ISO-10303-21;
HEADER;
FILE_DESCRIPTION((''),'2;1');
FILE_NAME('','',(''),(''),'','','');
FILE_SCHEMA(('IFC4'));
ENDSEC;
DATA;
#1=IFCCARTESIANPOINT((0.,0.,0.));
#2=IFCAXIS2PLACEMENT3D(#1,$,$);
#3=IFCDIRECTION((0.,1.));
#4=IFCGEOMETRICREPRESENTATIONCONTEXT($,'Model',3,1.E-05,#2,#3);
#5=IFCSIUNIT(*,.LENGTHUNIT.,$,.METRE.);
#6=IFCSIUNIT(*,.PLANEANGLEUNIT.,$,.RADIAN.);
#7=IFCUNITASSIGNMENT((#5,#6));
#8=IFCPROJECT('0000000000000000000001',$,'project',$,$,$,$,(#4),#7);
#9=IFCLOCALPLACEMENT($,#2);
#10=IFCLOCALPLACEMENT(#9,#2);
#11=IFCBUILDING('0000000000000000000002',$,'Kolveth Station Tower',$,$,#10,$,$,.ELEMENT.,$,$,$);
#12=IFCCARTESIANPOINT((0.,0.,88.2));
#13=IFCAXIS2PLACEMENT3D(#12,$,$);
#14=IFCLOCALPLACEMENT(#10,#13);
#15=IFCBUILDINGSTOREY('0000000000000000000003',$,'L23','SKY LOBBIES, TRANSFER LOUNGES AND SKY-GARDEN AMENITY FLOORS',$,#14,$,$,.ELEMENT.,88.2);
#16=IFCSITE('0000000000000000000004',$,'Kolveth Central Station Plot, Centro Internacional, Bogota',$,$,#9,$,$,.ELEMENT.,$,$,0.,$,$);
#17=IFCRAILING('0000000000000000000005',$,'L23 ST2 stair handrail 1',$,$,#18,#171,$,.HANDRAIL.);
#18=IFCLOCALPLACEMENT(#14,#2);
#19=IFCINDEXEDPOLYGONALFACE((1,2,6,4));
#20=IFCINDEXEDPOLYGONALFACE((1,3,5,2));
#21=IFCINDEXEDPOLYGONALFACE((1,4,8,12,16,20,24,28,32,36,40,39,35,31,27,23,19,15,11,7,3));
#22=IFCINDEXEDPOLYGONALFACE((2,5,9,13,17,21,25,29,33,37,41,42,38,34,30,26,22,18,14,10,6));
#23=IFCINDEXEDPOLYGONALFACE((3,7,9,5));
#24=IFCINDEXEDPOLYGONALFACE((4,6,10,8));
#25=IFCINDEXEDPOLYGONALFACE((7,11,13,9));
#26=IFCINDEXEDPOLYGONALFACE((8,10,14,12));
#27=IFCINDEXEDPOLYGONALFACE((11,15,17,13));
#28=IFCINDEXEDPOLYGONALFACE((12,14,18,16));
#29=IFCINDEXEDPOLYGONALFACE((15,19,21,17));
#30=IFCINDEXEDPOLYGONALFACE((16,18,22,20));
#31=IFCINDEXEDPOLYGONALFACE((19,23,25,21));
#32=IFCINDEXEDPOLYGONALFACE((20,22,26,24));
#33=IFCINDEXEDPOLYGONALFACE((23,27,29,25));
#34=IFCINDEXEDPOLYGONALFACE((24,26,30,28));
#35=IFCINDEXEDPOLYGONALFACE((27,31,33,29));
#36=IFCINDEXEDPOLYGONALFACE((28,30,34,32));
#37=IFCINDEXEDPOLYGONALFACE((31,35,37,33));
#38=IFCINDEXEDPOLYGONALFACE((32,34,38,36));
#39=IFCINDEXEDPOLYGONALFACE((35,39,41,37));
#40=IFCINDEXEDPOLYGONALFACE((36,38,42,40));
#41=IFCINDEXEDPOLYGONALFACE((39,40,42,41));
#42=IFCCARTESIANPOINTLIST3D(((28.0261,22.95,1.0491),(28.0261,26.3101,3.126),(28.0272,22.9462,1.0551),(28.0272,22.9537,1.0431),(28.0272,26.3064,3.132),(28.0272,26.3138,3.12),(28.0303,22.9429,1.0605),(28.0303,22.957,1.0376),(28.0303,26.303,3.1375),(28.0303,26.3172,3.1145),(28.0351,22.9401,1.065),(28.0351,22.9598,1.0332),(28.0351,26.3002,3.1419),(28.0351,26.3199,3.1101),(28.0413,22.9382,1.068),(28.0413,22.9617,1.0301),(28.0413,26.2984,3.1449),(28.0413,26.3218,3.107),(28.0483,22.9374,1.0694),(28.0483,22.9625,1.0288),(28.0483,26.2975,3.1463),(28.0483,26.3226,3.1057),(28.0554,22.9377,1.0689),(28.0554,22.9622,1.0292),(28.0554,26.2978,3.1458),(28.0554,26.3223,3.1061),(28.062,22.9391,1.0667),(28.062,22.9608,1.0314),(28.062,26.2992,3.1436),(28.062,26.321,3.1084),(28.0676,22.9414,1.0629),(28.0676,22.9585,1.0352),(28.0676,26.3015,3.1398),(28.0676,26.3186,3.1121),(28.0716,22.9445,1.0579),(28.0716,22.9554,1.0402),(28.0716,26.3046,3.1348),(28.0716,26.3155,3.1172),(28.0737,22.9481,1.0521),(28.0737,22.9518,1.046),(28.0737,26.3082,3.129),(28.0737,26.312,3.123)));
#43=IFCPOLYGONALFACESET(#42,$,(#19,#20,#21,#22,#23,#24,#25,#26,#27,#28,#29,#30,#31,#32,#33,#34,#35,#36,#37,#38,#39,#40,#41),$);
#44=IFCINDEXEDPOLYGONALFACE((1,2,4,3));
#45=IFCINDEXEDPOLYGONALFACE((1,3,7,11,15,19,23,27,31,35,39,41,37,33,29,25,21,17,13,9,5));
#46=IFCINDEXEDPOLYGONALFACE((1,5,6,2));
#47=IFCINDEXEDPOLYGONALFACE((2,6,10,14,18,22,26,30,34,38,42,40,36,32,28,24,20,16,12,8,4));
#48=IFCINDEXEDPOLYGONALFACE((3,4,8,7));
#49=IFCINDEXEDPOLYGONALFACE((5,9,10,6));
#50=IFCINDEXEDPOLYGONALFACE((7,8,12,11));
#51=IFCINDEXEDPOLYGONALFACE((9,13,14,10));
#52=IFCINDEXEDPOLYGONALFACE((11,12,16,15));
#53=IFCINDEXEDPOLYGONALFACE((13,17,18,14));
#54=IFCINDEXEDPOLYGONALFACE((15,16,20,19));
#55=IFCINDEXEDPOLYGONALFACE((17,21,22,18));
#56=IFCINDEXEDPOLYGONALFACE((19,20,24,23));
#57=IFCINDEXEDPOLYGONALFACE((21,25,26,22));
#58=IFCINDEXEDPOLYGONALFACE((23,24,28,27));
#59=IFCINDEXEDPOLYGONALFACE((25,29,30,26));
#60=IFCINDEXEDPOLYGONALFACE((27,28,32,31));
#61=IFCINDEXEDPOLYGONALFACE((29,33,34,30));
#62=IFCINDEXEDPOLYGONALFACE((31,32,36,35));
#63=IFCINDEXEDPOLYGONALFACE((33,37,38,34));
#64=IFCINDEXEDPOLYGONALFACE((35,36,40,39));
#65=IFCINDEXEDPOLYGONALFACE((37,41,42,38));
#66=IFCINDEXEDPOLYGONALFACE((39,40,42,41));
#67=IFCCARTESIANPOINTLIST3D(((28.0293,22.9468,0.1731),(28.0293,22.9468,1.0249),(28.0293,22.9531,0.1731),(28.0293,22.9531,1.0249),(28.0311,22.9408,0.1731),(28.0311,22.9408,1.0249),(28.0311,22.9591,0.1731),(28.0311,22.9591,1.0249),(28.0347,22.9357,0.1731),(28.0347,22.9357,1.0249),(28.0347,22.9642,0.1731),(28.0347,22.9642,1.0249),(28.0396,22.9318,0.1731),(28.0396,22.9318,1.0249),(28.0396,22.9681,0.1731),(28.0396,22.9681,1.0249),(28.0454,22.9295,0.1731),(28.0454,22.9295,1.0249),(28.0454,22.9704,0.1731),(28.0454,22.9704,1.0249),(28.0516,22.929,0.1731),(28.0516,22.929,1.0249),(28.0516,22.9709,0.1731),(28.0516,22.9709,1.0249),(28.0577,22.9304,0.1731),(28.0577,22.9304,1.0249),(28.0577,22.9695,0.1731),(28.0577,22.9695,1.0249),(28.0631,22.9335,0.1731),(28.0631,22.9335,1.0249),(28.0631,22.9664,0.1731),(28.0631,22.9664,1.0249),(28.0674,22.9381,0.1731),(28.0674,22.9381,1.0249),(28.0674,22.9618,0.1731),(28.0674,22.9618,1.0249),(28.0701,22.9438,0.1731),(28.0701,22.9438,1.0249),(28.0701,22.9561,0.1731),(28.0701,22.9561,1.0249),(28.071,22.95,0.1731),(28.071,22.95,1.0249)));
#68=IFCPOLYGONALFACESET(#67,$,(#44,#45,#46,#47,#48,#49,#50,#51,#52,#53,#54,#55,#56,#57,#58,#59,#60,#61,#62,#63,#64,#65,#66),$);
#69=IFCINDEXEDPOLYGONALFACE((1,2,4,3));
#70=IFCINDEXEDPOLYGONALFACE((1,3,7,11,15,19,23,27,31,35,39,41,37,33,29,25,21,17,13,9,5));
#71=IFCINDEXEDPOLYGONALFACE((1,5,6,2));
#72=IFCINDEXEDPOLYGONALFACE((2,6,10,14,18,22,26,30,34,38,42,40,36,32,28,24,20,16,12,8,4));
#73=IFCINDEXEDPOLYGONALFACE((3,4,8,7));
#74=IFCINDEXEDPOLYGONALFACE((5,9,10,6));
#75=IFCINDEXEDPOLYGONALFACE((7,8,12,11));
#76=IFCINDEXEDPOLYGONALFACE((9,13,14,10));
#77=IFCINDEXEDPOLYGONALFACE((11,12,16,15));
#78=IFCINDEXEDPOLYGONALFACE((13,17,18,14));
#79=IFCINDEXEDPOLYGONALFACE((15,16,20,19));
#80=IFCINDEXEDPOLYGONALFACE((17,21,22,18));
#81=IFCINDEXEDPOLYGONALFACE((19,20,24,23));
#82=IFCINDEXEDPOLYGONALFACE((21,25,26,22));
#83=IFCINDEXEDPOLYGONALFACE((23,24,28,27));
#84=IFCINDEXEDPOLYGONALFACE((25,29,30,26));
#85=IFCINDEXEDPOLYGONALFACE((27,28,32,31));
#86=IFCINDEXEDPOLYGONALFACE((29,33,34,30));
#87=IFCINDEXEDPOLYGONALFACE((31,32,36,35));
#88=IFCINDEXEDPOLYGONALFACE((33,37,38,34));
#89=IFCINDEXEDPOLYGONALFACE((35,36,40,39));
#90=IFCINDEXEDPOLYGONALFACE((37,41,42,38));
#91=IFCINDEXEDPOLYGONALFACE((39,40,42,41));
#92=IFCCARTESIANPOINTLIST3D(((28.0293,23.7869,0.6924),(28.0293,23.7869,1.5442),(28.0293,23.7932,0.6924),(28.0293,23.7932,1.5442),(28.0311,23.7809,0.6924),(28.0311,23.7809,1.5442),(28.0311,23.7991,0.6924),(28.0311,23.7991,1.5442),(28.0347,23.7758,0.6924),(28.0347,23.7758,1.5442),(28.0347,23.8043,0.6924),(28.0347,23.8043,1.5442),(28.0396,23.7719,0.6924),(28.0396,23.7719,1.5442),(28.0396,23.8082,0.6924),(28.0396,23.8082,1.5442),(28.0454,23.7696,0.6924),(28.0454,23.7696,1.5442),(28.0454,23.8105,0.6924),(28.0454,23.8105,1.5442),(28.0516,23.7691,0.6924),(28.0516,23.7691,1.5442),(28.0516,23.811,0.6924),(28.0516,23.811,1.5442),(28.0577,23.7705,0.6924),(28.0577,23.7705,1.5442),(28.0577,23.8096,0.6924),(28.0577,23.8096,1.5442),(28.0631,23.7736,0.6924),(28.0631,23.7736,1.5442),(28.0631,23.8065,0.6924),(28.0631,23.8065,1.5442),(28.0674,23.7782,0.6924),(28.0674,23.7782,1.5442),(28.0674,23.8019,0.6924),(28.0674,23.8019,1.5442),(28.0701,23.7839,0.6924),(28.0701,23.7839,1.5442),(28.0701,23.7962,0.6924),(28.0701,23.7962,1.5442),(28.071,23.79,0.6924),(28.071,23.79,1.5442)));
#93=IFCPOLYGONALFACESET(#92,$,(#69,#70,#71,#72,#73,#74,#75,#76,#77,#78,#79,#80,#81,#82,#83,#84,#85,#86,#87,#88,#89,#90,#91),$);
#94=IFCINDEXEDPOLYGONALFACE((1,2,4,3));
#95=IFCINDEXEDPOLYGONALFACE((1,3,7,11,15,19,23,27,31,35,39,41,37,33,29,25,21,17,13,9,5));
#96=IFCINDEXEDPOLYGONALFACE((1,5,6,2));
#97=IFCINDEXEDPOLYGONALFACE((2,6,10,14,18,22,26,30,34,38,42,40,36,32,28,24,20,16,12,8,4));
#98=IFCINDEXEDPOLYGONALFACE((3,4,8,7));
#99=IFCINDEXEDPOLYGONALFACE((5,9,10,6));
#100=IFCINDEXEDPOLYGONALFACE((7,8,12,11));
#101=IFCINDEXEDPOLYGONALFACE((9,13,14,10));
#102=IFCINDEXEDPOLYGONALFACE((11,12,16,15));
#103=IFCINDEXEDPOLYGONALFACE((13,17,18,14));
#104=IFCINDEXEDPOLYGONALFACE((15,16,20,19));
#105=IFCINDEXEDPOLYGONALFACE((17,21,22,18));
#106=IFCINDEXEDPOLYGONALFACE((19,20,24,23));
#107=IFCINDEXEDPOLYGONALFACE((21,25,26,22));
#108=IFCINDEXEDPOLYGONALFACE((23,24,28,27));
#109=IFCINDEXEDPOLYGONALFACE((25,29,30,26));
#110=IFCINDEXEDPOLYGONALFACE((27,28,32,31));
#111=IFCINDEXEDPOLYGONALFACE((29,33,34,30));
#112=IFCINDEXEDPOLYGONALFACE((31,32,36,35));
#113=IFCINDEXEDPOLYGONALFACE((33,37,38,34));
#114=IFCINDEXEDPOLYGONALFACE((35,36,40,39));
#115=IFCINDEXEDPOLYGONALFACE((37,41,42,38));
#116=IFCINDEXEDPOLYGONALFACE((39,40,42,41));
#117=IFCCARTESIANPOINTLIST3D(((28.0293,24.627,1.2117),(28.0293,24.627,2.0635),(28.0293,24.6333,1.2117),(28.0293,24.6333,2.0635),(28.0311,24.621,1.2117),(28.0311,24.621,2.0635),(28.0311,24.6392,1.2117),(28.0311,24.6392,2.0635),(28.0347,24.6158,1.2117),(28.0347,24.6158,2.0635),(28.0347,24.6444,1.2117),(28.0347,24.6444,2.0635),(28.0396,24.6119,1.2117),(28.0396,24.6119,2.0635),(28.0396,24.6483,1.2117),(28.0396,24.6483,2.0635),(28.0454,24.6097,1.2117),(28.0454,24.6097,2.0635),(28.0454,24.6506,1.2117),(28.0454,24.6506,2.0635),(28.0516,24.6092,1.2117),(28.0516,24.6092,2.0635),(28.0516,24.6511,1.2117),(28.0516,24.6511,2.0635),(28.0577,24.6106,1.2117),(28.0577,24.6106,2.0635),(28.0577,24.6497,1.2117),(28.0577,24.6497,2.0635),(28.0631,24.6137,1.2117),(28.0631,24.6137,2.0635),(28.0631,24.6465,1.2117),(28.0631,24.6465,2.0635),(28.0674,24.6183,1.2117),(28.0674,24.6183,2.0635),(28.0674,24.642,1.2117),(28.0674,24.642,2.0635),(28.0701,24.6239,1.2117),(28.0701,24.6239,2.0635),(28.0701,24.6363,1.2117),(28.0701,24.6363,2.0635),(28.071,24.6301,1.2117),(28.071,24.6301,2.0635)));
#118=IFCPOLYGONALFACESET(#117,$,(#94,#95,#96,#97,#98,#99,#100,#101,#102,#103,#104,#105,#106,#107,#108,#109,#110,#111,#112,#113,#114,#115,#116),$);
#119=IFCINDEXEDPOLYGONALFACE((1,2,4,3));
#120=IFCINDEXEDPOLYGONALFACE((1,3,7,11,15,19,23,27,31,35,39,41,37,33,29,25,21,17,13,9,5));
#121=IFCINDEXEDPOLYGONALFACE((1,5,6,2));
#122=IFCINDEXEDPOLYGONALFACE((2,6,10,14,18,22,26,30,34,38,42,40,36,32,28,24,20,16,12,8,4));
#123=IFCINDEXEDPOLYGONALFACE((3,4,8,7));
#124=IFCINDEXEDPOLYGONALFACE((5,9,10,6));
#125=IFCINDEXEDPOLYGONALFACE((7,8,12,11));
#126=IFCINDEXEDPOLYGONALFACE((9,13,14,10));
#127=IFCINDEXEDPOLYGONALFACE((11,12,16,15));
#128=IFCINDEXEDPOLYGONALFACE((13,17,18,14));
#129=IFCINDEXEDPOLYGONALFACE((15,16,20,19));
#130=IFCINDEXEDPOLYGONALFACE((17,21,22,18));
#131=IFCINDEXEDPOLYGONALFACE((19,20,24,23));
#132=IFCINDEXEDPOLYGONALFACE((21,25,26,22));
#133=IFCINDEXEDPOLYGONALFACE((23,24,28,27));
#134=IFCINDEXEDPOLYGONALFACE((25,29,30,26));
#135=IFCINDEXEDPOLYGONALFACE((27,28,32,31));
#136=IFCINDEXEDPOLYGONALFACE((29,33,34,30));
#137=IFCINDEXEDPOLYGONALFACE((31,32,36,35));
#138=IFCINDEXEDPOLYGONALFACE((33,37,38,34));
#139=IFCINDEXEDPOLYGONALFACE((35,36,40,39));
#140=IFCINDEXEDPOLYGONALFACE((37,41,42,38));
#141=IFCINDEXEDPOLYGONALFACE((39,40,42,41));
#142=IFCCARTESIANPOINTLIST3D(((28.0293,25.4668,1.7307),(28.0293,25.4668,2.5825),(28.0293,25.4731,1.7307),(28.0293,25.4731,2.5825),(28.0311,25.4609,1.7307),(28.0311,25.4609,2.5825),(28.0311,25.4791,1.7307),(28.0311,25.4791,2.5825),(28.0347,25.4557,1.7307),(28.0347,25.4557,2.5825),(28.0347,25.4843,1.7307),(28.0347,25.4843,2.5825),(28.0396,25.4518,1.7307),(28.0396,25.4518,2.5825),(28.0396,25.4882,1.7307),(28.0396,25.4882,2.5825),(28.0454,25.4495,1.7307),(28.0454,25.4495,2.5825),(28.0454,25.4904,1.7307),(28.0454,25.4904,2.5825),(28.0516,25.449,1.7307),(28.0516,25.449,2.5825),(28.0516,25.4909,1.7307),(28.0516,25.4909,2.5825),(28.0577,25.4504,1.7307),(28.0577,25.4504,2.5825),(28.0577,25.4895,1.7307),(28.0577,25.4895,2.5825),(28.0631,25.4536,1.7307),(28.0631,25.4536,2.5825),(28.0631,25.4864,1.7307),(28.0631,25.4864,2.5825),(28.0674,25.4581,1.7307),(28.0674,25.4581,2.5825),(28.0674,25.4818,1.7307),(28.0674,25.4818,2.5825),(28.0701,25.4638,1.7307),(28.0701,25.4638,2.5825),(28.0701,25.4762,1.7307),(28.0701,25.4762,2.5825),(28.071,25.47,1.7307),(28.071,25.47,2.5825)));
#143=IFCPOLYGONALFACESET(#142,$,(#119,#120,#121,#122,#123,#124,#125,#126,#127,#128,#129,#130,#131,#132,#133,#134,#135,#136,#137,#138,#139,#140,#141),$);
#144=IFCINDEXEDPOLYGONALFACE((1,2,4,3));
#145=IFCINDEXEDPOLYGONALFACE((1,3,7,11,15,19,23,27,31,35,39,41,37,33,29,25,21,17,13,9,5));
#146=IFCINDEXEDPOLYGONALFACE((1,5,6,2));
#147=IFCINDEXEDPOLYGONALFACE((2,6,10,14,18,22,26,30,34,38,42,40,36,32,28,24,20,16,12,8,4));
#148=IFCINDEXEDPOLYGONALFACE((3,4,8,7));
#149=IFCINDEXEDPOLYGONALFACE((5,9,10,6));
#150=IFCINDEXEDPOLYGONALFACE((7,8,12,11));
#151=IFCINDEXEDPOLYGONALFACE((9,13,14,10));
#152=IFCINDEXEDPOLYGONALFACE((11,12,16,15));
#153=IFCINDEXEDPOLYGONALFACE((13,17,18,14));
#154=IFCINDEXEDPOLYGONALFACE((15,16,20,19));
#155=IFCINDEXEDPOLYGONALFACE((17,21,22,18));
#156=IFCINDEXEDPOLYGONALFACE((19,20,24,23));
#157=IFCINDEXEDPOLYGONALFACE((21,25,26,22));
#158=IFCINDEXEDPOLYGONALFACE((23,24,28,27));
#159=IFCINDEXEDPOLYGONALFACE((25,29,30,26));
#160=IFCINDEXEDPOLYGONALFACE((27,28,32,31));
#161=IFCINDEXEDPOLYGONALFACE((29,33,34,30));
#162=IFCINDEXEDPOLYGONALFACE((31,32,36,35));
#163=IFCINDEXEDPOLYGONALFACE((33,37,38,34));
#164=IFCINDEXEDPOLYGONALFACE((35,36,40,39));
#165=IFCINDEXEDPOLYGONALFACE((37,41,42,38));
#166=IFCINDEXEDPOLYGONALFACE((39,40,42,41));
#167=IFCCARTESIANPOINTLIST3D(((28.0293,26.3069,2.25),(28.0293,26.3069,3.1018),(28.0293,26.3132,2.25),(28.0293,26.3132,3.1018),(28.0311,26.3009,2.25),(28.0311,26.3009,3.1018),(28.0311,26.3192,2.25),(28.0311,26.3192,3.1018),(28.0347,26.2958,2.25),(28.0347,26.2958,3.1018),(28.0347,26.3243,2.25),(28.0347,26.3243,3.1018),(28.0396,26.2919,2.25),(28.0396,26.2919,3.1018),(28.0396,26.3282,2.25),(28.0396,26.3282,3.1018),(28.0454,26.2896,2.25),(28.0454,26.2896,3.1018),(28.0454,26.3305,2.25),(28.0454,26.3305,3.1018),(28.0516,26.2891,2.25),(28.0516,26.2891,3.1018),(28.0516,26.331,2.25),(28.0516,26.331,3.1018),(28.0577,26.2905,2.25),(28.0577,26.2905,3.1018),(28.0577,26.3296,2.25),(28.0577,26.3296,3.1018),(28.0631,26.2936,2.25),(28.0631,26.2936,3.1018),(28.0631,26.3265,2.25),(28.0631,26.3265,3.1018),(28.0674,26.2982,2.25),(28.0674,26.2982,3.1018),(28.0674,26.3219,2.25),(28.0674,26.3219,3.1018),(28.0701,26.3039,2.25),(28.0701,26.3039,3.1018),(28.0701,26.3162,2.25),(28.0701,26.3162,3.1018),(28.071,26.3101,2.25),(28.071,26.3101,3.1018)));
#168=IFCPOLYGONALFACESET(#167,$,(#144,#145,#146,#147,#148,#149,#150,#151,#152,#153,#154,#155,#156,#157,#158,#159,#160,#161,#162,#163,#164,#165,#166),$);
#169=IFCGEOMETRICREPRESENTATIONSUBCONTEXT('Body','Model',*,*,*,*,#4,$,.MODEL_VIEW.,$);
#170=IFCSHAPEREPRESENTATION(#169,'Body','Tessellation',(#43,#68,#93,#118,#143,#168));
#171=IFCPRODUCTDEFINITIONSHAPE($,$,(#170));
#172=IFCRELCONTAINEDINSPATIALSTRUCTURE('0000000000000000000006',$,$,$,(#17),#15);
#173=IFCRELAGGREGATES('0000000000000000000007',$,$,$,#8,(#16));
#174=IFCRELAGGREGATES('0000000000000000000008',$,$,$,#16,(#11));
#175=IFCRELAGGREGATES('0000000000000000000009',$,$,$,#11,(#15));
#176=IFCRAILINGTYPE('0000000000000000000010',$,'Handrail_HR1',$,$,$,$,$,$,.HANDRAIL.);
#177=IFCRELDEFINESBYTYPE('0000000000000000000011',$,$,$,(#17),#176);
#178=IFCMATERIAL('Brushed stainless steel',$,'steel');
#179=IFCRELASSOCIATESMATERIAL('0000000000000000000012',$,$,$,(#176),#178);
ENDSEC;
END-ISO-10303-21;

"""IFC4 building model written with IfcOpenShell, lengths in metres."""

from ifc_helpers import new_model, si_unit, direction, frame, origin, origin_2d, place, context, subcontext, project, spatial, circle, extrude, material, type_object, element, save


model = new_model("IFC4")

# Units and contexts
model_context = context("Model", 3, precision=1e-05, world=origin(), true_north=direction((0.0, 1.0)))
body_context = subcontext(model_context, "Body", "Model", "MODEL_VIEW")
ifc_project = project(units=[si_unit("LENGTHUNIT", "METRE"), si_unit("PLANEANGLEUNIT", "RADIAN")], contexts=[model_context])

# Site, building, storey
site_placement = place(None, origin())
site = spatial("IfcSite", under=ifc_project, at=site_placement, Name="Kolveth Central Station Plot, Centro Internacional, Bogota", CompositionType="ELEMENT", RefElevation=0.0)
building_placement = place(site_placement, origin())
building = spatial("IfcBuilding", under=site, at=building_placement, Name="Kolveth Station Tower", CompositionType="ELEMENT")
storey_placement = place(building_placement, frame((0.0, 0.0, 88.2)))
storey = spatial("IfcBuildingStorey", under=building, at=storey_placement, Name="L23", Description="SKY LOBBIES, TRANSFER LOUNGES AND SKY-GARDEN AMENITY FLOORS", CompositionType="ELEMENT", Elevation=88.2)

# Railing
ifc_material_1 = material(Name="Brushed stainless steel", Category="steel")
railing_type_1 = type_object("IfcRailingType", Name="Handrail_HR1", PredefinedType="HANDRAIL", material=ifc_material_1)
for number, where, name in (
    (1, (28.05, 22.95, 0.1731), "L23 ST2 stair handrail 1"),
):
    element("IfcRailing", number, at=place(storey_placement, frame(where)), inside=storey, type_object=railing_type_1, Name=name, PredefinedType="HANDRAIL", context=body_context, shape_type="SweptSolid", body=[
        extrude(circle(Radius=0.0239, at=origin_2d()), frame((0.0, 0.0, 0.876), z_axis=(0.0, 0.850623, 0.525776), x_axis=(-1.0, 0.0, 0.0)), (0.0, 0.0, 1.0), 3.9502),
        extrude(circle(Radius=0.021, at=origin_2d()), origin(), (0.0, 0.0, 1.0), 0.8518),
        extrude(circle(Radius=0.021, at=origin_2d()), frame((0.0, 0.8401, 0.5193)), (0.0, 0.0, 1.0), 0.8518),
        extrude(circle(Radius=0.021, at=origin_2d()), frame((0.0, 1.6802, 1.0386)), (0.0, 0.0, 1.0), 0.8518),
        extrude(circle(Radius=0.021, at=origin_2d()), frame((0.0, 2.52, 1.5576)), (0.0, 0.0, 1.0), 0.8518),
        extrude(circle(Radius=0.021, at=origin_2d()), frame((0.0, 3.3601, 2.0769)), (0.0, 0.0, 1.0), 0.8518),
    ])

save(model, "model.ifc")
